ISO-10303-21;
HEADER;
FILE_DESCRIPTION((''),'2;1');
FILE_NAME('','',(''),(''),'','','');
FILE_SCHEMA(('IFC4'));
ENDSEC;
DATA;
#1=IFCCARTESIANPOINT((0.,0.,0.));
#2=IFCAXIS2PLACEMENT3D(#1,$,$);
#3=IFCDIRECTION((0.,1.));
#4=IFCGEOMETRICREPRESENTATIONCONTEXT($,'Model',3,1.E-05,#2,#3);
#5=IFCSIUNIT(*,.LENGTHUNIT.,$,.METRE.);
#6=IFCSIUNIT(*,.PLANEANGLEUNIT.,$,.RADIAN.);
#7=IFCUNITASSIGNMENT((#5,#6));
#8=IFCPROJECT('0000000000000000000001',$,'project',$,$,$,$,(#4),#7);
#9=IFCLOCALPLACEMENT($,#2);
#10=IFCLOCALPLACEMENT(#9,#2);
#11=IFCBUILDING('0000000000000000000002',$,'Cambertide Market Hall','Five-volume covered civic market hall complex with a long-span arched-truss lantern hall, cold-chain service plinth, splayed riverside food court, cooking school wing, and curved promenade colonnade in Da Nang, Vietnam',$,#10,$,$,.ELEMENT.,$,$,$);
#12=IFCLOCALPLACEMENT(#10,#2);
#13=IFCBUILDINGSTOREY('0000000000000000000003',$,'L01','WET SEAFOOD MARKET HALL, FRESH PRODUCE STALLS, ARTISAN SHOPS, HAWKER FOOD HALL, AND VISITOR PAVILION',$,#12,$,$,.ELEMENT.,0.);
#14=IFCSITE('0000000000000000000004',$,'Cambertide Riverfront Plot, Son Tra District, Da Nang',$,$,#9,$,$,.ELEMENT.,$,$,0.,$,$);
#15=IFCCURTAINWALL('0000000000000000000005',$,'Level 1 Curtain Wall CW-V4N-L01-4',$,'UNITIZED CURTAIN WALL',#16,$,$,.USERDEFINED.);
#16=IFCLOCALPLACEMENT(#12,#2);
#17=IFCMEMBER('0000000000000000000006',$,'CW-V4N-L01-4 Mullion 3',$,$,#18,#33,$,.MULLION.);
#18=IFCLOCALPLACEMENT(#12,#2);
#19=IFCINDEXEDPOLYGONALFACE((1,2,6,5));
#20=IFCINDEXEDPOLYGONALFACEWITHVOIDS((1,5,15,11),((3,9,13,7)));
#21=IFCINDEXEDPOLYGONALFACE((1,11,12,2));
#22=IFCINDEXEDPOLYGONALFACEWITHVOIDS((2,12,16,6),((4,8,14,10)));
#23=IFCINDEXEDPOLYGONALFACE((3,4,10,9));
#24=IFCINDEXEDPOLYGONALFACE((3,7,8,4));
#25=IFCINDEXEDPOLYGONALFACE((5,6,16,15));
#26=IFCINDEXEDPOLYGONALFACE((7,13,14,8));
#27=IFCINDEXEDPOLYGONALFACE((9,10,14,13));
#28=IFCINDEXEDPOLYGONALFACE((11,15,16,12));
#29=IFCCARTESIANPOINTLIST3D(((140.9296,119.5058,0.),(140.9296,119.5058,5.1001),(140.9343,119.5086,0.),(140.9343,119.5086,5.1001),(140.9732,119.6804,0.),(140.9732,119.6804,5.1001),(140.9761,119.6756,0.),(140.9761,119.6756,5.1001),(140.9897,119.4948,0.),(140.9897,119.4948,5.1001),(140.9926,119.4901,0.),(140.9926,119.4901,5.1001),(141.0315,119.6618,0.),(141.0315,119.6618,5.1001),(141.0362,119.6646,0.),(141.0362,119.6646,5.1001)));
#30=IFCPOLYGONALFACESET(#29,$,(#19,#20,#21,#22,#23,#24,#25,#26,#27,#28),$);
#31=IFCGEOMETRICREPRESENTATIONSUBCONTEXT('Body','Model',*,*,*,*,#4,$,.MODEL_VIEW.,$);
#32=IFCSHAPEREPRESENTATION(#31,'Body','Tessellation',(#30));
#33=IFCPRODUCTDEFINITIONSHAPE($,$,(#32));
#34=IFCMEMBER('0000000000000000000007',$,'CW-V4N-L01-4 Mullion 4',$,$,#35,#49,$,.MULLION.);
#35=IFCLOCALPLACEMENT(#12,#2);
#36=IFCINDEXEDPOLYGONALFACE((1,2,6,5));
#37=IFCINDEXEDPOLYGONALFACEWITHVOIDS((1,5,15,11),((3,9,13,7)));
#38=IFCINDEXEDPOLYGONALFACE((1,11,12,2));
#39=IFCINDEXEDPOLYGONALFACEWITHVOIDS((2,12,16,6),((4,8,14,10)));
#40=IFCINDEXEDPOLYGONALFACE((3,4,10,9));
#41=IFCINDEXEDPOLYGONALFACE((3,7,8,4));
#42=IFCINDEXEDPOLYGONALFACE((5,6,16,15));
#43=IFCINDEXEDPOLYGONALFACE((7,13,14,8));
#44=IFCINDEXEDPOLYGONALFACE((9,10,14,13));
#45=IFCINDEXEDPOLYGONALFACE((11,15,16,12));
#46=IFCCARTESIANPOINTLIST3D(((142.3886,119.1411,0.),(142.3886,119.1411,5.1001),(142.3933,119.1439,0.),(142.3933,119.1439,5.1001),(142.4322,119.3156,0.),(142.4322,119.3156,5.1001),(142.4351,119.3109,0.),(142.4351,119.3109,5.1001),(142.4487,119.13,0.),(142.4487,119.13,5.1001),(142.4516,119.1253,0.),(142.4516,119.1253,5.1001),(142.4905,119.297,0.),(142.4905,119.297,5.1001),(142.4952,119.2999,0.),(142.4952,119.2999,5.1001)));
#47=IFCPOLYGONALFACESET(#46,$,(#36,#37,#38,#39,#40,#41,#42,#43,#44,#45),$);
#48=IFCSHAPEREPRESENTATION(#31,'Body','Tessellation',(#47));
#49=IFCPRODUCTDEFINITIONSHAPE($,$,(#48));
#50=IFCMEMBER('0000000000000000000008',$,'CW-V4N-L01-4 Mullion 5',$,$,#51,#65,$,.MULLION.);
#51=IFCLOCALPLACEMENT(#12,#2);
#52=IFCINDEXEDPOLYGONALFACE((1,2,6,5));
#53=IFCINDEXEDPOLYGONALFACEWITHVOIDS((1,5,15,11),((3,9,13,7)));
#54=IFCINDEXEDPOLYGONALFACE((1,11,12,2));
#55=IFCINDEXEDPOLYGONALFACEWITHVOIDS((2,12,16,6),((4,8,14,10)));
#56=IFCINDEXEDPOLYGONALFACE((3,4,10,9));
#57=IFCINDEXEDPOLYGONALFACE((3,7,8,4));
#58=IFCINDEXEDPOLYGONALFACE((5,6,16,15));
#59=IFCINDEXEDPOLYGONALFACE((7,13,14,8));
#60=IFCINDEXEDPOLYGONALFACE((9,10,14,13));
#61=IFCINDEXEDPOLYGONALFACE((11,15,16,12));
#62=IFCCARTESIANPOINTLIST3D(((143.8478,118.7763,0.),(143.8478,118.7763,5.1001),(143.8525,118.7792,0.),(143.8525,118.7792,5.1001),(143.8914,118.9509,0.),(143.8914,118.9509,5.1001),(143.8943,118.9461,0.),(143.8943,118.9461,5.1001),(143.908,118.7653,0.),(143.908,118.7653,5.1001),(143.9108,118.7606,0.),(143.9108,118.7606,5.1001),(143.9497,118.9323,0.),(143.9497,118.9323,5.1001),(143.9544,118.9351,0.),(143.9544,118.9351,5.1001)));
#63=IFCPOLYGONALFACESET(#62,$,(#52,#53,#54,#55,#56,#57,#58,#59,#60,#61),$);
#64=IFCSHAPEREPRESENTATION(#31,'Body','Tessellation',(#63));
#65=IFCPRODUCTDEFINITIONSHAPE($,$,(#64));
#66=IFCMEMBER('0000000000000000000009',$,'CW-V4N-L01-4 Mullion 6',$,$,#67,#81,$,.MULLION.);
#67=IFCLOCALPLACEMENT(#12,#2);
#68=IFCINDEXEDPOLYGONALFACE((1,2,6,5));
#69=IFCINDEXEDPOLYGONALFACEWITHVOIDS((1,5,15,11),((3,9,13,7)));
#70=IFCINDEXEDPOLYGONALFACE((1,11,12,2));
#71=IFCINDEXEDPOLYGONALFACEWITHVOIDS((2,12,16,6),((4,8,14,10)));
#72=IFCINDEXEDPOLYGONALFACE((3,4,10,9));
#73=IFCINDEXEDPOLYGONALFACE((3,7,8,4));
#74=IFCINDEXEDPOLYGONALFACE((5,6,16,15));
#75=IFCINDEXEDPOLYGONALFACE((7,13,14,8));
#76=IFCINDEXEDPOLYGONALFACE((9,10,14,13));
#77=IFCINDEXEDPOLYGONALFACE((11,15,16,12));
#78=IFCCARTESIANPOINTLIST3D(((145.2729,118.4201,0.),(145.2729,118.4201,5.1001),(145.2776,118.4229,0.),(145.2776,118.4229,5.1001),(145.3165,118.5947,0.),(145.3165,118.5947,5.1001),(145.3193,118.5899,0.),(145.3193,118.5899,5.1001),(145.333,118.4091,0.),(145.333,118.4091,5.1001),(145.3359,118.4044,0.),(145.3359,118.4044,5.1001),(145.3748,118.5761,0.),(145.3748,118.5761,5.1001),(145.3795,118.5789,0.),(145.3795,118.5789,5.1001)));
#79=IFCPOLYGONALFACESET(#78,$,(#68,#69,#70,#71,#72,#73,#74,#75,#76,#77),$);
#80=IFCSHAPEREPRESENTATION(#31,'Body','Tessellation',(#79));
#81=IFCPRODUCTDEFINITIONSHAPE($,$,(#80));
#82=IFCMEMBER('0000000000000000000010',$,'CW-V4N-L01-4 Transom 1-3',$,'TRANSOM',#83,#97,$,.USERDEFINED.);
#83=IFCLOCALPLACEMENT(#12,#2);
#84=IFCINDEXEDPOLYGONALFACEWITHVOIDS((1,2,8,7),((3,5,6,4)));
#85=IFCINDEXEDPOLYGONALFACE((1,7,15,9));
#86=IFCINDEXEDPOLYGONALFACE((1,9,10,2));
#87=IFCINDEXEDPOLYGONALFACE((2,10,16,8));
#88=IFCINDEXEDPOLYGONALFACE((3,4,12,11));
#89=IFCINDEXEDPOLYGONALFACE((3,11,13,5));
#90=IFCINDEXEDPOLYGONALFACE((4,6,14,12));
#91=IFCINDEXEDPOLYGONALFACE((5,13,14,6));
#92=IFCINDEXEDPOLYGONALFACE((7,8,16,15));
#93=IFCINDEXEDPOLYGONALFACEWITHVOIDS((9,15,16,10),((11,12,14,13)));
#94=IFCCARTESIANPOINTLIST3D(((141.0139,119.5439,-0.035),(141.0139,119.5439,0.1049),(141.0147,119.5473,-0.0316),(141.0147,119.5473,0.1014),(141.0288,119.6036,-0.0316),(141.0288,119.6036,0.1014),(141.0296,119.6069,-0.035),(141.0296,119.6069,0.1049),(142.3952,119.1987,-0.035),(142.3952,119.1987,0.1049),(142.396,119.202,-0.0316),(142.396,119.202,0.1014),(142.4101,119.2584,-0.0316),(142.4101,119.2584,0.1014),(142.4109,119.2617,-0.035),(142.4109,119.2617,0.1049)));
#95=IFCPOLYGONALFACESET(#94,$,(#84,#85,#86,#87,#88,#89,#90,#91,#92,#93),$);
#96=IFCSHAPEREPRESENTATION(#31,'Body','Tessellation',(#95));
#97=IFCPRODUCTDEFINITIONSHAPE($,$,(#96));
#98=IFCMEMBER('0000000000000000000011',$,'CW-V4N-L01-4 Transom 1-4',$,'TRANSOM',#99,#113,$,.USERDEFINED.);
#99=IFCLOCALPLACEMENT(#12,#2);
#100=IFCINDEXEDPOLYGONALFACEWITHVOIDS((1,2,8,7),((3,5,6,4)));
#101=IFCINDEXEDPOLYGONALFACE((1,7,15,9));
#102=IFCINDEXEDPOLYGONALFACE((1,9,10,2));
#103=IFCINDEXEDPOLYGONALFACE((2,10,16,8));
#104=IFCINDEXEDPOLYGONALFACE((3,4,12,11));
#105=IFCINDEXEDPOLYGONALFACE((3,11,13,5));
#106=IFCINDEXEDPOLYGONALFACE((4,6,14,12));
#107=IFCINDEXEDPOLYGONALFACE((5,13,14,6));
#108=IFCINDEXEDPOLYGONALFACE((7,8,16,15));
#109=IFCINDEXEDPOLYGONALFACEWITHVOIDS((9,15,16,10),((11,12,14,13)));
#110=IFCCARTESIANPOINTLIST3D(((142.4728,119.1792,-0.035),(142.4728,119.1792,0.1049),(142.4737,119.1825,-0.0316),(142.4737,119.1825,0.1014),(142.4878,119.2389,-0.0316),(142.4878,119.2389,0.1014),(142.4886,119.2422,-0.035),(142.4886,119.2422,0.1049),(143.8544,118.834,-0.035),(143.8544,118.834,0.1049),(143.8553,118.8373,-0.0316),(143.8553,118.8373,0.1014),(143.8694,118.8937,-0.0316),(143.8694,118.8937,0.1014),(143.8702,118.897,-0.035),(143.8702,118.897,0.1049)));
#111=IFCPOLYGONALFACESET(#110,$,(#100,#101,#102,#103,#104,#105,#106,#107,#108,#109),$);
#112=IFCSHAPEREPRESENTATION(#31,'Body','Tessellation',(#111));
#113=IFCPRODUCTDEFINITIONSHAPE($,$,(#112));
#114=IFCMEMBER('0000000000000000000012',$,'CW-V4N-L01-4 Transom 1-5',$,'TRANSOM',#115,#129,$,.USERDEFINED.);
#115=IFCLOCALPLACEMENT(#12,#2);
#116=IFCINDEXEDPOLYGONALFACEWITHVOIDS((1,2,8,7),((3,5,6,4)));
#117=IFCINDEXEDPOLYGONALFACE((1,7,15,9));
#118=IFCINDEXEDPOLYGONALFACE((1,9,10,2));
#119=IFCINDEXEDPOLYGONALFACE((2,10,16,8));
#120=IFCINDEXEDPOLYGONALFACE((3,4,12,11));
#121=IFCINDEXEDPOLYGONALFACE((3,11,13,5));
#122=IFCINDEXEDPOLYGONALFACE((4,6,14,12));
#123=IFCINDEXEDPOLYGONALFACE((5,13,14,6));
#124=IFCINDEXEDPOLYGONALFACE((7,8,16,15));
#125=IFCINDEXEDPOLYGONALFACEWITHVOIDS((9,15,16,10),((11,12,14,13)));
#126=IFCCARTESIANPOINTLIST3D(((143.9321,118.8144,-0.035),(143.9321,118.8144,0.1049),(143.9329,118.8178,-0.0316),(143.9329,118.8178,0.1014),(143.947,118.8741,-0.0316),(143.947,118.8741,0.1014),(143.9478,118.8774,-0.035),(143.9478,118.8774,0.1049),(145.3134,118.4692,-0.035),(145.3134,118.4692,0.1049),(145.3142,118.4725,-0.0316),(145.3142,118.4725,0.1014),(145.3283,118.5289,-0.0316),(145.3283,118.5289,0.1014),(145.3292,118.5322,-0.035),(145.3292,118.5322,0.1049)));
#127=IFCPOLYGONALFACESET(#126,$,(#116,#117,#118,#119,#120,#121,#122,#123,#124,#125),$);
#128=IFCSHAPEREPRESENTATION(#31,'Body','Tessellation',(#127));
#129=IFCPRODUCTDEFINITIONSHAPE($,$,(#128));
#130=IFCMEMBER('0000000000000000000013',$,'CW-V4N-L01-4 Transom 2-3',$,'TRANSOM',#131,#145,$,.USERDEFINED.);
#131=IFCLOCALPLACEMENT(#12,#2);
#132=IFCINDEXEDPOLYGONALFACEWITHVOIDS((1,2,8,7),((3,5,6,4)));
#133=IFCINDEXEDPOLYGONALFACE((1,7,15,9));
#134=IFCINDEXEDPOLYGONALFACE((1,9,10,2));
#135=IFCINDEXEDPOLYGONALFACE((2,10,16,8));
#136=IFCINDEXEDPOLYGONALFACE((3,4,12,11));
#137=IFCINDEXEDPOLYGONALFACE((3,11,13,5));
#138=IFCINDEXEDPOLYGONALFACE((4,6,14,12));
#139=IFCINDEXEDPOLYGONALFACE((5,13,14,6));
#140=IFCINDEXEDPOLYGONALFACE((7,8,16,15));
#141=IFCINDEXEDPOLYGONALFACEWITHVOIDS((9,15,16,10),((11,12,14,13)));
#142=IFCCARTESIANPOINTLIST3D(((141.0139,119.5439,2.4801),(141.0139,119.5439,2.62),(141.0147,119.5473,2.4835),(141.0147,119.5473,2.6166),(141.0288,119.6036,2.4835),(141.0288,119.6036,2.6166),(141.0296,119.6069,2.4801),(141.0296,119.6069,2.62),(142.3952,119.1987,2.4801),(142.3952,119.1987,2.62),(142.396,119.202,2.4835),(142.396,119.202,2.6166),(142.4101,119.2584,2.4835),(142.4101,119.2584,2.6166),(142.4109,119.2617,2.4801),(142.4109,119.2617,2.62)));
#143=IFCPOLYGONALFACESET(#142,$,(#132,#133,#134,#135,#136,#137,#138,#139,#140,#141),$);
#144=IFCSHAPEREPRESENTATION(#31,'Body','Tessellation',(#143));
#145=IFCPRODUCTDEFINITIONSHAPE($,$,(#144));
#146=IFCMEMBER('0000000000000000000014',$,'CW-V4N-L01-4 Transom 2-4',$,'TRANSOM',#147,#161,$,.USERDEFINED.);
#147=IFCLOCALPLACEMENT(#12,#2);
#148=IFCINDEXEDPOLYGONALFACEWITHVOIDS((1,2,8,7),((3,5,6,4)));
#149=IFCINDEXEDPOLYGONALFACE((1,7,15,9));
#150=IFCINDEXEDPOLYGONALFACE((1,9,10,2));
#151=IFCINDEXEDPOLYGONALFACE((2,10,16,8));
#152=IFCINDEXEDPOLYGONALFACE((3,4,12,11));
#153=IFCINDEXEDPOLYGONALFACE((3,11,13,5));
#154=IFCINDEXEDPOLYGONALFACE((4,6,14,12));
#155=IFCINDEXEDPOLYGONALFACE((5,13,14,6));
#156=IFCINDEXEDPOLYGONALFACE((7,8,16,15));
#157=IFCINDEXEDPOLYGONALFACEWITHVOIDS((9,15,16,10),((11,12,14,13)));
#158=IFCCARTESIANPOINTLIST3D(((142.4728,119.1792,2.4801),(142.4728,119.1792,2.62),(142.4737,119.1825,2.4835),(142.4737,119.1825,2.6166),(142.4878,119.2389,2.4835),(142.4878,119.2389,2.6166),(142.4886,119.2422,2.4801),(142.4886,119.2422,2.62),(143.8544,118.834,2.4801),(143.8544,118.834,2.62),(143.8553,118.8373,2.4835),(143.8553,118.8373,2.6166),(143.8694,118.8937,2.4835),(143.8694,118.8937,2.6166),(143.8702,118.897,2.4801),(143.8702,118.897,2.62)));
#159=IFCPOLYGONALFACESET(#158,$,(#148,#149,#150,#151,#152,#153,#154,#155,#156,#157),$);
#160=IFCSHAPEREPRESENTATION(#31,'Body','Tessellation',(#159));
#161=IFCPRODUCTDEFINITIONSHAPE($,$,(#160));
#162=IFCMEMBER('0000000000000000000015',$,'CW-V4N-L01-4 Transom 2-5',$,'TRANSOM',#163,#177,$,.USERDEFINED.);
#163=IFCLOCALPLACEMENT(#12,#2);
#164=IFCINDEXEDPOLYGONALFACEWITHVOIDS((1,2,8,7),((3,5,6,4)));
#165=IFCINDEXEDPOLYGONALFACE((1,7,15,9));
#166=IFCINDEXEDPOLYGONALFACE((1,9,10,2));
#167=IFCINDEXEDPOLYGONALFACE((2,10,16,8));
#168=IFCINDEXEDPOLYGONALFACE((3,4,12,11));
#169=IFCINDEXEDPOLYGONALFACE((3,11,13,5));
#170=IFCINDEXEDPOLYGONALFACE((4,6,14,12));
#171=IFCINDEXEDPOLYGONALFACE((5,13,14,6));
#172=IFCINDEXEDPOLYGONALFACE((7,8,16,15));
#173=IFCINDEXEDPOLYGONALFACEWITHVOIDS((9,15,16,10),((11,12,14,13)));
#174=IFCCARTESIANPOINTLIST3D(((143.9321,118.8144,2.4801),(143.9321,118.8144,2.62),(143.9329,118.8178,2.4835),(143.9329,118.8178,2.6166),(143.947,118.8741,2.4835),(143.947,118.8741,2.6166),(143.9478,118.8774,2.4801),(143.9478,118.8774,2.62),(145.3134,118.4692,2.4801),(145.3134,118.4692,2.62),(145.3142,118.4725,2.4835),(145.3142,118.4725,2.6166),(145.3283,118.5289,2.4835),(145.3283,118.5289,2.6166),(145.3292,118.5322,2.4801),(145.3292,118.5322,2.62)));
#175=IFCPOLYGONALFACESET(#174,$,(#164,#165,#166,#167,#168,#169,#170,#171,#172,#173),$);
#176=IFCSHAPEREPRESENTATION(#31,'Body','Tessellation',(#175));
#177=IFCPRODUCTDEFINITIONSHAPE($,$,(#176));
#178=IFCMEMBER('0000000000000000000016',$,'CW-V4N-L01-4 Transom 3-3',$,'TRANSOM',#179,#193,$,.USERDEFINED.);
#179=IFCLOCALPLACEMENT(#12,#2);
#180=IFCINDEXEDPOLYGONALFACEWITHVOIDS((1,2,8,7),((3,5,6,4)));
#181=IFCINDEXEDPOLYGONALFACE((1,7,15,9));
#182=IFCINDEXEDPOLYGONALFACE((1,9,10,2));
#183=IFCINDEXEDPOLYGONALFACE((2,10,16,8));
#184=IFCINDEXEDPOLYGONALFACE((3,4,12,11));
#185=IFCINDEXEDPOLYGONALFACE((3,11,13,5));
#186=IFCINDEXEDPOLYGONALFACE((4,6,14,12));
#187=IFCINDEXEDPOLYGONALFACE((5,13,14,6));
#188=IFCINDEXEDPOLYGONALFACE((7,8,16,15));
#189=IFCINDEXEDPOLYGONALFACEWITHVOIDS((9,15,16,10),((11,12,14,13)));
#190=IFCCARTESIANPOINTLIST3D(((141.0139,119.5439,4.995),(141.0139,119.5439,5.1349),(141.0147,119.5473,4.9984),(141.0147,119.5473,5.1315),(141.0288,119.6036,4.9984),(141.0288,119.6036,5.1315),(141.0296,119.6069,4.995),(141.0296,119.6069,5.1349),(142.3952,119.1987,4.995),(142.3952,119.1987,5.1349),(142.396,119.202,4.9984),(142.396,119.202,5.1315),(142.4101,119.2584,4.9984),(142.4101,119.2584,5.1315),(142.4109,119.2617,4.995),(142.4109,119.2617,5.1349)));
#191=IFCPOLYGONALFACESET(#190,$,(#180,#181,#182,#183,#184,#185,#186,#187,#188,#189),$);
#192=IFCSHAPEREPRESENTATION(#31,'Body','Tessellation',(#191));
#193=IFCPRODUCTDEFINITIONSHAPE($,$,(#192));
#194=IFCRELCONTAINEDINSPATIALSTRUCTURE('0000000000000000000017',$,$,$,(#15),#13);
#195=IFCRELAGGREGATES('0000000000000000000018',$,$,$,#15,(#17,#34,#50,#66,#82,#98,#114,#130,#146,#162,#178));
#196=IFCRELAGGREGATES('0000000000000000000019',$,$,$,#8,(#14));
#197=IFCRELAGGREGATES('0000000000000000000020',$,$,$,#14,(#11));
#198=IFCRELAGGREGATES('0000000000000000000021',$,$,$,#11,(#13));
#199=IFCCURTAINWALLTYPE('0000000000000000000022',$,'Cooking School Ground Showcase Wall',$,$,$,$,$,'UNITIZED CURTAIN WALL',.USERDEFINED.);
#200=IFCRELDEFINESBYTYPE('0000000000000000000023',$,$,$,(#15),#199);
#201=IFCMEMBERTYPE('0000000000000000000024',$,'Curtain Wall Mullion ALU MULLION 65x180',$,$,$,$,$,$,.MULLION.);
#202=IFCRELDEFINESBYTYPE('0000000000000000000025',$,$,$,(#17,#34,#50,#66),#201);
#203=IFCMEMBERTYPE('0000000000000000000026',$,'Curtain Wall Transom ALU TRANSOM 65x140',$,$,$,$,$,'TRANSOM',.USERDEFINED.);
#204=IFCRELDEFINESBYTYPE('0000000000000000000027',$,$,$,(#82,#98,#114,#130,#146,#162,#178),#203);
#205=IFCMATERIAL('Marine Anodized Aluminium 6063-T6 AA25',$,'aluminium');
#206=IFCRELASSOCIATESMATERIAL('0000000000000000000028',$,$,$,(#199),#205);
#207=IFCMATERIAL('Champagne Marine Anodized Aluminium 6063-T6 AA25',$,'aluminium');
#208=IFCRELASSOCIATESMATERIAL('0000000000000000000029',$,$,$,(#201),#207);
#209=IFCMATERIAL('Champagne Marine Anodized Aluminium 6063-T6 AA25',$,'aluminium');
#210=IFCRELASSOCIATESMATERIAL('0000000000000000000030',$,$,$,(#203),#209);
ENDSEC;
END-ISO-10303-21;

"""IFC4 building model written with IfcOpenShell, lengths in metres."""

from ifc_helpers import new_model, si_unit, direction, frame, origin, origin_2d, place, context, subcontext, project, spatial, hollow_rectangle, extrude, material, material_profile, profile_set, type_object, element, aggregate, save


model = new_model("IFC4")

# Units and contexts
model_context = context("Model", 3, precision=1e-05, world=origin(), true_north=direction((0.0, 1.0)))
body_context = subcontext(model_context, "Body", "Model", "MODEL_VIEW")
ifc_project = project(units=[si_unit("LENGTHUNIT", "METRE"), si_unit("PLANEANGLEUNIT", "RADIAN")], contexts=[model_context])

# Site, building, storey
site_placement = place(None, origin())
site = spatial("IfcSite", under=ifc_project, at=site_placement, Name="Cambertide Riverfront Plot, Son Tra District, Da Nang", CompositionType="ELEMENT", RefElevation=0.0)
building_placement = place(site_placement, origin())
building = spatial("IfcBuilding", under=site, at=building_placement, Name="Cambertide Market Hall", Description="Five-volume covered civic market hall complex with a long-span arched-truss lantern hall, cold-chain service plinth, splayed riverside food court, cooking school wing, and curved promenade colonnade in Da Nang, Vietnam", CompositionType="ELEMENT")
storey_placement = place(building_placement, origin())
storey = spatial("IfcBuildingStorey", under=building, at=storey_placement, Name="L01", Description="WET SEAFOOD MARKET HALL, FRESH PRODUCE STALLS, ARTISAN SHOPS, HAWKER FOOD HALL, AND VISITOR PAVILION", CompositionType="ELEMENT", Elevation=0.0)

# Curtain wall, members
ifc_material_1 = material(Name="Marine Anodized Aluminium 6063-T6 AA25", Category="aluminium")
curtain_wall_type = type_object("IfcCurtainWallType", Name="Cooking School Ground Showcase Wall", ElementType="UNITIZED CURTAIN WALL", PredefinedType="USERDEFINED", material=ifc_material_1)
curtain_wall_placement = place(storey_placement, origin())
curtain_wall = element("IfcCurtainWall", 1, at=curtain_wall_placement, inside=storey, type_object=curtain_wall_type, Name="Level 1 Curtain Wall CW-V4N-L01-4", ObjectType="UNITIZED CURTAIN WALL", PredefinedType="USERDEFINED")
ifc_material_2 = material(Name="Champagne Marine Anodized Aluminium 6063-T6 AA25", Category="aluminium")
ifc_material_profile_1 = material_profile(ifc_material_2, hollow_rectangle(XDim=0.0649, YDim=0.1799, WallThickness=0.0039, at=origin_2d()), Name="ALU MULLION 65x180")
ifc_profile_set_1 = profile_set([ifc_material_profile_1], Name="Champagne Marine Anodized Aluminium 6063-T6 AA25")
member_type_1 = type_object("IfcMemberType", Name="Curtain Wall Mullion ALU MULLION 65x180", PredefinedType="MULLION", material=ifc_profile_set_1)
member_1_placement = place(storey_placement, frame((140.9829, 119.5852, 0.0), z_axis=(0.0, 0.0, 1.0), x_axis=(0.970143, -0.242536, 0.0)))
member_1 = element("IfcMember", 2, at=member_1_placement, type_object=member_type_1, Name="CW-V4N-L01-4 Mullion 3", PredefinedType="MULLION", context=body_context, shape_type="SweptSolid", body=[
    extrude(hollow_rectangle(XDim=0.0649, YDim=0.1799, WallThickness=0.0039, at=origin_2d()), origin(), (0.0, 0.0, 1.0), 5.1001),
])
member_2_placement = place(storey_placement, frame((142.4419, 119.2205, 0.0), z_axis=(0.0, 0.0, 1.0), x_axis=(0.970143, -0.242536, 0.0)))
member_2 = element("IfcMember", 3, at=member_2_placement, type_object=member_type_1, Name="CW-V4N-L01-4 Mullion 4", PredefinedType="MULLION", context=body_context, shape_type="SweptSolid", body=[
    extrude(hollow_rectangle(XDim=0.0649, YDim=0.1799, WallThickness=0.0039, at=origin_2d()), origin(), (0.0, 0.0, 1.0), 5.1001),
])
member_3_placement = place(storey_placement, frame((143.9011, 118.8557, 0.0), z_axis=(0.0, 0.0, 1.0), x_axis=(0.970143, -0.242536, 0.0)))
member_3 = element("IfcMember", 4, at=member_3_placement, type_object=member_type_1, Name="CW-V4N-L01-4 Mullion 5", PredefinedType="MULLION", context=body_context, shape_type="SweptSolid", body=[
    extrude(hollow_rectangle(XDim=0.0649, YDim=0.1799, WallThickness=0.0039, at=origin_2d()), origin(), (0.0, 0.0, 1.0), 5.1001),
])
member_4_placement = place(storey_placement, frame((145.3262, 118.4995, 0.0), z_axis=(0.0, 0.0, 1.0), x_axis=(0.970143, -0.242536, 0.0)))
member_4 = element("IfcMember", 5, at=member_4_placement, type_object=member_type_1, Name="CW-V4N-L01-4 Mullion 6", PredefinedType="MULLION", context=body_context, shape_type="SweptSolid", body=[
    extrude(hollow_rectangle(XDim=0.0649, YDim=0.1799, WallThickness=0.0039, at=origin_2d()), origin(), (0.0, 0.0, 1.0), 5.1001),
])
ifc_material_3 = material(Name="Champagne Marine Anodized Aluminium 6063-T6 AA25", Category="aluminium")
ifc_material_profile_2 = material_profile(ifc_material_3, hollow_rectangle(XDim=0.0649, YDim=0.1399, WallThickness=0.0034, at=origin_2d()), Name="ALU TRANSOM 65x140")
ifc_profile_set_2 = profile_set([ifc_material_profile_2], Name="Champagne Marine Anodized Aluminium 6063-T6 AA25")
member_type_2 = type_object("IfcMemberType", Name="Curtain Wall Transom ALU TRANSOM 65x140", ElementType="TRANSOM", PredefinedType="USERDEFINED", material=ifc_profile_set_2)
member_5_placement = place(storey_placement, frame((141.0217, 119.5754, 0.0349), z_axis=(0.970163, -0.242455, 0.0), x_axis=(0.242455, 0.970163, 0.0)))
member_5 = element("IfcMember", 6, at=member_5_placement, type_object=member_type_2, Name="CW-V4N-L01-4 Transom 1-3", ObjectType="TRANSOM", PredefinedType="USERDEFINED", context=body_context, shape_type="SweptSolid", body=[
    extrude(hollow_rectangle(XDim=0.0649, YDim=0.1399, WallThickness=0.0034, at=origin_2d()), origin(), (0.0, 0.0, 1.0), 1.4238),
])
member_6_placement = place(storey_placement, frame((142.4807, 119.2107, 0.0349), z_axis=(0.970173, -0.242415, 0.0), x_axis=(0.242415, 0.970173, 0.0)))
member_6 = element("IfcMember", 7, at=member_6_placement, type_object=member_type_2, Name="CW-V4N-L01-4 Transom 1-4", ObjectType="TRANSOM", PredefinedType="USERDEFINED", context=body_context, shape_type="SweptSolid", body=[
    extrude(hollow_rectangle(XDim=0.0649, YDim=0.1399, WallThickness=0.0034, at=origin_2d()), origin(), (0.0, 0.0, 1.0), 1.4241),
])
member_7_placement = place(storey_placement, frame((143.9399, 118.8459, 0.0349), z_axis=(0.970163, -0.242455, 0.0), x_axis=(0.242455, 0.970163, 0.0)))
member_7 = element("IfcMember", 8, at=member_7_placement, type_object=member_type_2, Name="CW-V4N-L01-4 Transom 1-5", ObjectType="TRANSOM", PredefinedType="USERDEFINED", context=body_context, shape_type="SweptSolid", body=[
    extrude(hollow_rectangle(XDim=0.0649, YDim=0.1399, WallThickness=0.0034, at=origin_2d()), origin(), (0.0, 0.0, 1.0), 1.4238),
])
member_8_placement = place(storey_placement, frame((141.0217, 119.5754, 2.55), z_axis=(0.970163, -0.242455, 0.0), x_axis=(0.242455, 0.970163, 0.0)))
member_8 = element("IfcMember", 9, at=member_8_placement, type_object=member_type_2, Name="CW-V4N-L01-4 Transom 2-3", ObjectType="TRANSOM", PredefinedType="USERDEFINED", context=body_context, shape_type="SweptSolid", body=[
    extrude(hollow_rectangle(XDim=0.0649, YDim=0.1399, WallThickness=0.0034, at=origin_2d()), origin(), (0.0, 0.0, 1.0), 1.4238),
])
member_9_placement = place(storey_placement, frame((142.4807, 119.2107, 2.55), z_axis=(0.970173, -0.242415, 0.0), x_axis=(0.242415, 0.970173, 0.0)))
member_9 = element("IfcMember", 10, at=member_9_placement, type_object=member_type_2, Name="CW-V4N-L01-4 Transom 2-4", ObjectType="TRANSOM", PredefinedType="USERDEFINED", context=body_context, shape_type="SweptSolid", body=[
    extrude(hollow_rectangle(XDim=0.0649, YDim=0.1399, WallThickness=0.0034, at=origin_2d()), origin(), (0.0, 0.0, 1.0), 1.4241),
])
member_10_placement = place(storey_placement, frame((143.9399, 118.8459, 2.55), z_axis=(0.970163, -0.242455, 0.0), x_axis=(0.242455, 0.970163, 0.0)))
member_10 = element("IfcMember", 11, at=member_10_placement, type_object=member_type_2, Name="CW-V4N-L01-4 Transom 2-5", ObjectType="TRANSOM", PredefinedType="USERDEFINED", context=body_context, shape_type="SweptSolid", body=[
    extrude(hollow_rectangle(XDim=0.0649, YDim=0.1399, WallThickness=0.0034, at=origin_2d()), origin(), (0.0, 0.0, 1.0), 1.4238),
])
member_11_placement = place(storey_placement, frame((141.0217, 119.5754, 5.0649), z_axis=(0.970163, -0.242455, 0.0), x_axis=(0.242455, 0.970163, 0.0)))
member_11 = element("IfcMember", 12, at=member_11_placement, type_object=member_type_2, Name="CW-V4N-L01-4 Transom 3-3", ObjectType="TRANSOM", PredefinedType="USERDEFINED", context=body_context, shape_type="SweptSolid", body=[
    extrude(hollow_rectangle(XDim=0.0649, YDim=0.1399, WallThickness=0.0034, at=origin_2d()), origin(), (0.0, 0.0, 1.0), 1.4238),
])
aggregate(curtain_wall, [member_1, member_2, member_3, member_4, member_5, member_6, member_7, member_8, member_9, member_10, member_11])

save(model, "model.ifc")
